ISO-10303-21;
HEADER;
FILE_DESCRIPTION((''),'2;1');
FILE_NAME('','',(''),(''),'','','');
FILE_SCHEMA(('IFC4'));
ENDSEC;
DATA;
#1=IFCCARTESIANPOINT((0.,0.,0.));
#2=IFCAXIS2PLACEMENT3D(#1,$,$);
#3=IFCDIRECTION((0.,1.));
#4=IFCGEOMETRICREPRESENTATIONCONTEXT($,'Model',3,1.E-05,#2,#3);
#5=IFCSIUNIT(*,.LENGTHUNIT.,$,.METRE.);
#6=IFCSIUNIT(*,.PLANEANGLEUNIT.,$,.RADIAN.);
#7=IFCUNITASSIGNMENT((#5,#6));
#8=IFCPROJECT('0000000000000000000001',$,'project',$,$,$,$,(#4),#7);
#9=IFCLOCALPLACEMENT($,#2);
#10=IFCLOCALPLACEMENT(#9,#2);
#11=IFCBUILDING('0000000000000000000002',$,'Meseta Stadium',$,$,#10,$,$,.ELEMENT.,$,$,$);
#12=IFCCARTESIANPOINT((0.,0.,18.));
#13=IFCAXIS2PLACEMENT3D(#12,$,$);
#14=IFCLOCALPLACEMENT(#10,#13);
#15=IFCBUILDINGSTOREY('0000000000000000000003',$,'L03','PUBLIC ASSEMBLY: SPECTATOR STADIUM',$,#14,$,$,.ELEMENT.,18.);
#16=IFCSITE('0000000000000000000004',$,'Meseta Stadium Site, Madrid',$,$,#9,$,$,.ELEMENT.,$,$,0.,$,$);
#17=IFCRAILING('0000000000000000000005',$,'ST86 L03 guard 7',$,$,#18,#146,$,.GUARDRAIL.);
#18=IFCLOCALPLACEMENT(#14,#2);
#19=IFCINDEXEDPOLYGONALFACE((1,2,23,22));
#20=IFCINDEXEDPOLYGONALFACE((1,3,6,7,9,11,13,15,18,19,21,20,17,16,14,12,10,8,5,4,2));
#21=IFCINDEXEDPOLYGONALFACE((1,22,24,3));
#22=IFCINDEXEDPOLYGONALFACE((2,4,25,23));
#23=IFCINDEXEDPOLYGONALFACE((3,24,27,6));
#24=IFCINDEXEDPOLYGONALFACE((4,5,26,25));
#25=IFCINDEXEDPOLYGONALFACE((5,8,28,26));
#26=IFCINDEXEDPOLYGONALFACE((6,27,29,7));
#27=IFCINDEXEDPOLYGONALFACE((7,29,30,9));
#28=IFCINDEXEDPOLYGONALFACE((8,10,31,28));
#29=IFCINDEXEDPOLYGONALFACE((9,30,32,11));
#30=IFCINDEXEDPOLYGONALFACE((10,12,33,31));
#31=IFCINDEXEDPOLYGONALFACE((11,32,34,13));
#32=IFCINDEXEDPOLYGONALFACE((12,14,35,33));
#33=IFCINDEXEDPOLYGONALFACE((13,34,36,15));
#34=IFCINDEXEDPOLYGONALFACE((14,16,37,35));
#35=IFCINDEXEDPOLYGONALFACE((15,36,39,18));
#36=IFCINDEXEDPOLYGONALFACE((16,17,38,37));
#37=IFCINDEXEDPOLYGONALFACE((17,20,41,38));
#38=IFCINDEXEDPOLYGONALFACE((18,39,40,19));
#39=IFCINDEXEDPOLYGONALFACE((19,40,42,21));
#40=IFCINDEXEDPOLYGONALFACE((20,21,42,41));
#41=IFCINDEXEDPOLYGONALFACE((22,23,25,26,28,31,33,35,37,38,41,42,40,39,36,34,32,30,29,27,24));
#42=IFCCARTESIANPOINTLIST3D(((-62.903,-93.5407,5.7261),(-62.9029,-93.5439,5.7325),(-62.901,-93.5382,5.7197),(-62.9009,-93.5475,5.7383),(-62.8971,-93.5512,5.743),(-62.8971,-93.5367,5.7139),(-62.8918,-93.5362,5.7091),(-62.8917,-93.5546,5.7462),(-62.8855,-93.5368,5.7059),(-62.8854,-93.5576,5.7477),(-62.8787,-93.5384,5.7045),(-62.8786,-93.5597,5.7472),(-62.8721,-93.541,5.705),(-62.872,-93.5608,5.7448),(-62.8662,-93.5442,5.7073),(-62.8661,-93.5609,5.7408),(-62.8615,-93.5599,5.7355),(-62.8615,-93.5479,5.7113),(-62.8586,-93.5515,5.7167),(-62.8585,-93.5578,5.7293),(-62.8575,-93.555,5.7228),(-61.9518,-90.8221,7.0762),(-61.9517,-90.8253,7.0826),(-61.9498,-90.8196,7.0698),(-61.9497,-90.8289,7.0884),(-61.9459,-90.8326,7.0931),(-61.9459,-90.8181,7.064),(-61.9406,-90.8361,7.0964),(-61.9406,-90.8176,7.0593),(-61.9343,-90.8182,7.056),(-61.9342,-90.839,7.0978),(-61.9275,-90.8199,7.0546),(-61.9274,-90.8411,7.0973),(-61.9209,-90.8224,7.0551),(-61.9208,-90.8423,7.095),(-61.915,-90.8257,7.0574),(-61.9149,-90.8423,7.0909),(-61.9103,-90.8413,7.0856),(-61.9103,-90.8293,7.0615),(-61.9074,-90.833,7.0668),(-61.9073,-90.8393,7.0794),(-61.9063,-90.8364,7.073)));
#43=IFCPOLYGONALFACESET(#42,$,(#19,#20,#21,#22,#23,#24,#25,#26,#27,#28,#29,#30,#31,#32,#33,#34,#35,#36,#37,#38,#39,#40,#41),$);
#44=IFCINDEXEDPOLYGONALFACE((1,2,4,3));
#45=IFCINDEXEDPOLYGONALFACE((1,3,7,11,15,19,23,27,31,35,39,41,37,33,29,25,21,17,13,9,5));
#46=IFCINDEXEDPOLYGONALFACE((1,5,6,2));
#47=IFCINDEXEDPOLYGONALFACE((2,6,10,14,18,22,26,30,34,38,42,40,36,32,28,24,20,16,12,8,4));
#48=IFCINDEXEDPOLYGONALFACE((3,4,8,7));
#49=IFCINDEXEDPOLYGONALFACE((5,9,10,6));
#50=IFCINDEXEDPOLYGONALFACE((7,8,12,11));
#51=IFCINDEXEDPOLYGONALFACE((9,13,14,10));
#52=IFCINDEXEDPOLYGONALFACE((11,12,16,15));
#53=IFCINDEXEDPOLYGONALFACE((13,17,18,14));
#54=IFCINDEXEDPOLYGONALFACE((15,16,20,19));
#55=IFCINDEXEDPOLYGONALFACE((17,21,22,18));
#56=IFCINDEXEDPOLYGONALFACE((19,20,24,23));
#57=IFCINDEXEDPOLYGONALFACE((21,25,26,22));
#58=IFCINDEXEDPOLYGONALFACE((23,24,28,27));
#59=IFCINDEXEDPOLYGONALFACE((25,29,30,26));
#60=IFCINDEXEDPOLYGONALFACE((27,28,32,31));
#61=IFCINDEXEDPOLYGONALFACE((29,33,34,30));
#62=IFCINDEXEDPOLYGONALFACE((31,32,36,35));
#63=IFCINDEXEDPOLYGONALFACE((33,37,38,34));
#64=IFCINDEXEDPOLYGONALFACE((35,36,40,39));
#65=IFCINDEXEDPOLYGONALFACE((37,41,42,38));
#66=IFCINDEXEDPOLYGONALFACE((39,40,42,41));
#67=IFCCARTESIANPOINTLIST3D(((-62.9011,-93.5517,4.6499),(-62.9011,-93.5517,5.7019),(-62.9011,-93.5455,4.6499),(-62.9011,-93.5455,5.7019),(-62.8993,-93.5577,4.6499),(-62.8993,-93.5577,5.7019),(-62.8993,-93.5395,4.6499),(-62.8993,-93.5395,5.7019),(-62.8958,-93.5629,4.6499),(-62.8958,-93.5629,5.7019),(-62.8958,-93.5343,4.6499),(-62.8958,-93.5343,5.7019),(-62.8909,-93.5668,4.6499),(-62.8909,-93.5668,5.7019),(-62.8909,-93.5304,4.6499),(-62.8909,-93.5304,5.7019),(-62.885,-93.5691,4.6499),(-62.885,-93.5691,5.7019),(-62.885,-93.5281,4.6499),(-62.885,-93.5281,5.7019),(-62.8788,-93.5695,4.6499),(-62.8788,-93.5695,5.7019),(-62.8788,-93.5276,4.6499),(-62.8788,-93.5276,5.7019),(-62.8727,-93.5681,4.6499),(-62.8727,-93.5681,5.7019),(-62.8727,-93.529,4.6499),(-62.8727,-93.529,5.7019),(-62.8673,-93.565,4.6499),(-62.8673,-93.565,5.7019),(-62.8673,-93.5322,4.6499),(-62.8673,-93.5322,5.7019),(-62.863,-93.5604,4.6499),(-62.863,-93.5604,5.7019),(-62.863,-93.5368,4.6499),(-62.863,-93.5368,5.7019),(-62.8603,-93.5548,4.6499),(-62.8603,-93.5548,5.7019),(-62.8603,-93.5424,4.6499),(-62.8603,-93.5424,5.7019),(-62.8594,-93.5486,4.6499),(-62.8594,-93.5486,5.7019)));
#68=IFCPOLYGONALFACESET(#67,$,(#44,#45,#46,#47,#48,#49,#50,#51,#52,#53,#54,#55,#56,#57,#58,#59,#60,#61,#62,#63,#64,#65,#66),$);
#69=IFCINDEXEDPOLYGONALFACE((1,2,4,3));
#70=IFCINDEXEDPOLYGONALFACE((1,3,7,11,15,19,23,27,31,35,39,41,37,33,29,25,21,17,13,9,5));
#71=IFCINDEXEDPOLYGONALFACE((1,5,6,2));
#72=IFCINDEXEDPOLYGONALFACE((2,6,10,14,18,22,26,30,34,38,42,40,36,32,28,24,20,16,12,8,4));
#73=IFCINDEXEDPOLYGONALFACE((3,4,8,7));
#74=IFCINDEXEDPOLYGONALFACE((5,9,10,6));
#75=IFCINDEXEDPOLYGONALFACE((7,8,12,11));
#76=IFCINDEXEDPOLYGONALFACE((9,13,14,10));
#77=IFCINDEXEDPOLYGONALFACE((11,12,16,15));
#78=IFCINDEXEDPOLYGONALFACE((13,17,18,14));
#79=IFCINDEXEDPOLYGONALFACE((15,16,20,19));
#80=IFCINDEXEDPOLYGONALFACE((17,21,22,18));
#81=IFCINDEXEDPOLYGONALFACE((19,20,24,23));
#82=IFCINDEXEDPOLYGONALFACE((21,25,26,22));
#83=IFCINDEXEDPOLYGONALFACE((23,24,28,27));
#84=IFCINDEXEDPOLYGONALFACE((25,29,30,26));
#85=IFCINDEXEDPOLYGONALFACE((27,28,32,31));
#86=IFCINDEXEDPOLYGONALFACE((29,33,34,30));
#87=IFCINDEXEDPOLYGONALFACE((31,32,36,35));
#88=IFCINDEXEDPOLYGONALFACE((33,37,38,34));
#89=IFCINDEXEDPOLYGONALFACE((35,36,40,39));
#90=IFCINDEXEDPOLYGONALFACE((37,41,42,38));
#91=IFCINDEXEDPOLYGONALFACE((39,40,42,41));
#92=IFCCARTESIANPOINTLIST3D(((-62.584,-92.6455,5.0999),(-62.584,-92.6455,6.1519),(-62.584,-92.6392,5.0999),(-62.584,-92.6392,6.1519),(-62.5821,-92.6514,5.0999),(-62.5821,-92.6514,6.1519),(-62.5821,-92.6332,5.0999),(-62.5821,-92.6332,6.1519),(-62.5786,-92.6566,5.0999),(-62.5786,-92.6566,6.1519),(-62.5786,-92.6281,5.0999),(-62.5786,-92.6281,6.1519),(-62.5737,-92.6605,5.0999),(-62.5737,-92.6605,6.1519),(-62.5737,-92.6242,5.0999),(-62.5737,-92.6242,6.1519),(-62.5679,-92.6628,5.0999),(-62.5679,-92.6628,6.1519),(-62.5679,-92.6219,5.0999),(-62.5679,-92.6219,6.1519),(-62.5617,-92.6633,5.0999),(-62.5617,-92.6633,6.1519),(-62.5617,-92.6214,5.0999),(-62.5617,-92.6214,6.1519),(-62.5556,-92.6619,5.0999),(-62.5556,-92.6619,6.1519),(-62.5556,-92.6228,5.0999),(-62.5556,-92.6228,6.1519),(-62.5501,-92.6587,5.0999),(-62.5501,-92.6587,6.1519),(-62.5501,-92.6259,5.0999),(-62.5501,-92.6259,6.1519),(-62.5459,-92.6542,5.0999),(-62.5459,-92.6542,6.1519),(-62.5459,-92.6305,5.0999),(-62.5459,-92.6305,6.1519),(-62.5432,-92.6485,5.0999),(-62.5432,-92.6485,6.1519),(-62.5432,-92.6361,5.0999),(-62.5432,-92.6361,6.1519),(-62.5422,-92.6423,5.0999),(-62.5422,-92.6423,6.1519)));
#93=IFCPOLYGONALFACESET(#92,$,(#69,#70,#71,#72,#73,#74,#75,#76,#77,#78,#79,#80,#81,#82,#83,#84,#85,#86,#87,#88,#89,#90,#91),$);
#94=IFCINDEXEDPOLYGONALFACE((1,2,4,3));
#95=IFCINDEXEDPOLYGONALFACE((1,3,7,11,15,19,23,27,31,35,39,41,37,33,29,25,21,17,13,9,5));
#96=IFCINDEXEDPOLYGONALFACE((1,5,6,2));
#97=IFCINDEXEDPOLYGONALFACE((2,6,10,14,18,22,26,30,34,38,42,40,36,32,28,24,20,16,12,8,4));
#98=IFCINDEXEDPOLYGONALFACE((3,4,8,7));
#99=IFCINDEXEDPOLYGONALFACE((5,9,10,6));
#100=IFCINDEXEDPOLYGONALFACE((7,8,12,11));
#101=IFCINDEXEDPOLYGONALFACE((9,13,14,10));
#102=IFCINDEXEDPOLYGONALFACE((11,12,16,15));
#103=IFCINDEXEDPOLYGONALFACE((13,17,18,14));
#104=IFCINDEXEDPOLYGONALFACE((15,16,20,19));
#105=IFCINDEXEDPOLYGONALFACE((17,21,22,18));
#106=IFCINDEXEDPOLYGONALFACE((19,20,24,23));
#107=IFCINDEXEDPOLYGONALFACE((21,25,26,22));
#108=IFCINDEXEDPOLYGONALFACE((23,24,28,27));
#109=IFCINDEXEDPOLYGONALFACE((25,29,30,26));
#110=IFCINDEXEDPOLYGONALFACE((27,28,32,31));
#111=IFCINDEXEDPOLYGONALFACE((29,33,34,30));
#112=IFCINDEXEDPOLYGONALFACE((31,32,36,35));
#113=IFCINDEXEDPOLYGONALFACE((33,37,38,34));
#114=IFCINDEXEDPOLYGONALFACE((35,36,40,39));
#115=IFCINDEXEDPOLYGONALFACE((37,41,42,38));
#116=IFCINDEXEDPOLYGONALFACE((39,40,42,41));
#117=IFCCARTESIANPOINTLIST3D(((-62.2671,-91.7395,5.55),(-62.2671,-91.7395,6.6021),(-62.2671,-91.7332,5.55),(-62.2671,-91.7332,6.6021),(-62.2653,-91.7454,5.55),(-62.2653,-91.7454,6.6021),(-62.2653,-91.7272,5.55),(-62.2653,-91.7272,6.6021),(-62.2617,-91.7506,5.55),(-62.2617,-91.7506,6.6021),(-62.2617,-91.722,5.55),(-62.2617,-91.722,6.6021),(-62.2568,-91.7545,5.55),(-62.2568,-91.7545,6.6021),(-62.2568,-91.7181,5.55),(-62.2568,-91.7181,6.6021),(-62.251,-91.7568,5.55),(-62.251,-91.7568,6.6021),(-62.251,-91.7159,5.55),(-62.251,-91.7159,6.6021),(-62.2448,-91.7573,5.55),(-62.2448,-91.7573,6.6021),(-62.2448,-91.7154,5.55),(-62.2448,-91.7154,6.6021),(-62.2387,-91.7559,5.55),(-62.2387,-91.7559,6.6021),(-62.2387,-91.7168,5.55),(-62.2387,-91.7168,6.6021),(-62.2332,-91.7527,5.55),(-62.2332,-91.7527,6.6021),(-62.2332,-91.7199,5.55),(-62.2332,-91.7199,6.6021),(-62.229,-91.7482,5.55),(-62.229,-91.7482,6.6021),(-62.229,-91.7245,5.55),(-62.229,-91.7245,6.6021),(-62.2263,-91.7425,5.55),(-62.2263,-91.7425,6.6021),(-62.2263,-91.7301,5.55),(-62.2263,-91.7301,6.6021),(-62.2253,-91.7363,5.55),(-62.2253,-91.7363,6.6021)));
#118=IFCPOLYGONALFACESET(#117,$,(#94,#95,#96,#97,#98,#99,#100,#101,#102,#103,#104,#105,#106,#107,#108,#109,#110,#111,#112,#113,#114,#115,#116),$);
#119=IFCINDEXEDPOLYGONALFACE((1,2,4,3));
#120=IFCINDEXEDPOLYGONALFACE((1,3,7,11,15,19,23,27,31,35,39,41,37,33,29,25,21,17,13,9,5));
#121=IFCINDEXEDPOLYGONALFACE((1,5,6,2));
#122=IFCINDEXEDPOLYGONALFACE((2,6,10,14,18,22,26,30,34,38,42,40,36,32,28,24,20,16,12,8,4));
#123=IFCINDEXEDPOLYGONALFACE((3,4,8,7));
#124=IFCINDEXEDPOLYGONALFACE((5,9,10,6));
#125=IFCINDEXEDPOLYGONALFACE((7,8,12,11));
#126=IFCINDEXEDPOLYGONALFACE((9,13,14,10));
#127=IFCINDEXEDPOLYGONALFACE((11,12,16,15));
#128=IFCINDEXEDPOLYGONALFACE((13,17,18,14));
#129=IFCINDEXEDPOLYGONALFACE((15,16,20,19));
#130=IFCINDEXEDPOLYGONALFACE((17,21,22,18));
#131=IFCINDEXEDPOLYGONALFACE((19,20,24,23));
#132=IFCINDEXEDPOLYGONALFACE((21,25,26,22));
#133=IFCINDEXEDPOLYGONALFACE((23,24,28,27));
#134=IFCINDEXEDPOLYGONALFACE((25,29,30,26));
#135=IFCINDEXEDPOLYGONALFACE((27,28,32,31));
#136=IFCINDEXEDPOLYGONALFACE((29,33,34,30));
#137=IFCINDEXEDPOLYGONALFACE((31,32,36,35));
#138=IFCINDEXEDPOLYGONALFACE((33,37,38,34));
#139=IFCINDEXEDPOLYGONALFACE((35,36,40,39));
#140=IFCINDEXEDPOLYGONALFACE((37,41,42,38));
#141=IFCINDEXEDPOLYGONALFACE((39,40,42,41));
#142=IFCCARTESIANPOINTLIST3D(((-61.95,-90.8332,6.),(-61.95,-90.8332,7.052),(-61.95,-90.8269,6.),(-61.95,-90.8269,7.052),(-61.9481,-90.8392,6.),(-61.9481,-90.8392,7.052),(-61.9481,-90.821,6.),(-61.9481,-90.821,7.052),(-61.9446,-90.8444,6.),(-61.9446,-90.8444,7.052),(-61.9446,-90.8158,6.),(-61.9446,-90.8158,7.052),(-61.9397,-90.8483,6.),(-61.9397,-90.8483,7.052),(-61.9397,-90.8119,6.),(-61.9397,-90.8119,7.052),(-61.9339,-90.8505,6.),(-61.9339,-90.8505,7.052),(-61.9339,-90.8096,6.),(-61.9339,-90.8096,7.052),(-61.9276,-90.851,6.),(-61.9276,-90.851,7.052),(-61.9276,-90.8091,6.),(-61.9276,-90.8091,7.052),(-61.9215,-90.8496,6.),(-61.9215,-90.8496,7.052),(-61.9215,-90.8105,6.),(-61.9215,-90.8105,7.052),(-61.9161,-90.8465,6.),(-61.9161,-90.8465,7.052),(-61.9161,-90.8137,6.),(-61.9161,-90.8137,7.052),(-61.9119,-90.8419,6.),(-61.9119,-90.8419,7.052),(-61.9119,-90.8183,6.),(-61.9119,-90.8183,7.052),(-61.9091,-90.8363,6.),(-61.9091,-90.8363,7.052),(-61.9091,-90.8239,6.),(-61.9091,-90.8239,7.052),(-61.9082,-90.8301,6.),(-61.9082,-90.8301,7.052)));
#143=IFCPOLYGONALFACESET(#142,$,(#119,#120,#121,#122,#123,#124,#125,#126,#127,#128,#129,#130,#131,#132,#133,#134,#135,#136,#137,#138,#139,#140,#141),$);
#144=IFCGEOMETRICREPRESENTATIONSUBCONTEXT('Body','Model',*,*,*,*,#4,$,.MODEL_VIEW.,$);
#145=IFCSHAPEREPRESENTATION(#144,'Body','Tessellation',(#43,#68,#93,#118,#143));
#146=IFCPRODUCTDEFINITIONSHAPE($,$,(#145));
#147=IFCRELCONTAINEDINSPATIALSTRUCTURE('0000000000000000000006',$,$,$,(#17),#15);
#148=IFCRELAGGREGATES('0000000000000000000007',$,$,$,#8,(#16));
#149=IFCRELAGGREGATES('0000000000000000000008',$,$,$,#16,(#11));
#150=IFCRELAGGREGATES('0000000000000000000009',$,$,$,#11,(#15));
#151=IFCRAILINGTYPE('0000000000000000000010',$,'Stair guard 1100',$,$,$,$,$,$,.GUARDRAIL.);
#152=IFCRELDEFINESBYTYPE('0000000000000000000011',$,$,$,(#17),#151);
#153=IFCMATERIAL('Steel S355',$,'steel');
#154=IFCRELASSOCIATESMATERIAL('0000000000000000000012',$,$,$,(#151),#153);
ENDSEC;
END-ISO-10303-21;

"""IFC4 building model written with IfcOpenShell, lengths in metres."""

from ifc_helpers import new_model, si_unit, direction, frame, origin, origin_2d, place, context, subcontext, project, spatial, circle, extrude, material, type_object, element, save


model = new_model("IFC4")

# Units and contexts
model_context = context("Model", 3, precision=1e-05, world=origin(), true_north=direction((0.0, 1.0)))
body_context = subcontext(model_context, "Body", "Model", "MODEL_VIEW")
ifc_project = project(units=[si_unit("LENGTHUNIT", "METRE"), si_unit("PLANEANGLEUNIT", "RADIAN")], contexts=[model_context])

# Site, building, storey
site_placement = place(None, origin())
site = spatial("IfcSite", under=ifc_project, at=site_placement, Name="Meseta Stadium Site, Madrid", CompositionType="ELEMENT", RefElevation=0.0)
building_placement = place(site_placement, origin())
building = spatial("IfcBuilding", under=site, at=building_placement, Name="Meseta Stadium", CompositionType="ELEMENT")
storey_placement = place(building_placement, frame((0.0, 0.0, 18.0)))
storey = spatial("IfcBuildingStorey", under=building, at=storey_placement, Name="L03", Description="PUBLIC ASSEMBLY: SPECTATOR STADIUM", CompositionType="ELEMENT", Elevation=18.0)

# Railing
ifc_material_1 = material(Name="Steel S355", Category="steel")
railing_type_1 = type_object("IfcRailingType", Name="Stair guard 1100", PredefinedType="GUARDRAIL", material=ifc_material_1)
railing_1_placement = place(storey_placement, frame((-62.8804, -93.5486, 4.6499)))
element("IfcRailing", 1, at=railing_1_placement, inside=storey, type_object=railing_type_1, Name="ST86 L03 guard 7", PredefinedType="GUARDRAIL", context=body_context, shape_type="SweptSolid", body=[
    extrude(circle(Radius=0.0239, at=origin_2d()), frame((0.0, 0.0, 1.0762), z_axis=(0.299031, 0.854649, 0.424446), x_axis=(-0.943891, 0.330256, 0.0)), (0.0, 0.0, 1.0), 3.1809),
    extrude(circle(Radius=0.021, at=origin_2d()), origin(), (0.0, 0.0, 1.0), 1.052),
    extrude(circle(Radius=0.021, at=origin_2d()), frame((0.3171, 0.9062, 0.45)), (0.0, 0.0, 1.0), 1.052),
    extrude(circle(Radius=0.021, at=origin_2d()), frame((0.634, 1.8123, 0.9001)), (0.0, 0.0, 1.0), 1.052),
    extrude(circle(Radius=0.021, at=origin_2d()), frame((0.9512, 2.7185, 1.3501)), (0.0, 0.0, 1.0), 1.052),
])

save(model, "model.ifc")
